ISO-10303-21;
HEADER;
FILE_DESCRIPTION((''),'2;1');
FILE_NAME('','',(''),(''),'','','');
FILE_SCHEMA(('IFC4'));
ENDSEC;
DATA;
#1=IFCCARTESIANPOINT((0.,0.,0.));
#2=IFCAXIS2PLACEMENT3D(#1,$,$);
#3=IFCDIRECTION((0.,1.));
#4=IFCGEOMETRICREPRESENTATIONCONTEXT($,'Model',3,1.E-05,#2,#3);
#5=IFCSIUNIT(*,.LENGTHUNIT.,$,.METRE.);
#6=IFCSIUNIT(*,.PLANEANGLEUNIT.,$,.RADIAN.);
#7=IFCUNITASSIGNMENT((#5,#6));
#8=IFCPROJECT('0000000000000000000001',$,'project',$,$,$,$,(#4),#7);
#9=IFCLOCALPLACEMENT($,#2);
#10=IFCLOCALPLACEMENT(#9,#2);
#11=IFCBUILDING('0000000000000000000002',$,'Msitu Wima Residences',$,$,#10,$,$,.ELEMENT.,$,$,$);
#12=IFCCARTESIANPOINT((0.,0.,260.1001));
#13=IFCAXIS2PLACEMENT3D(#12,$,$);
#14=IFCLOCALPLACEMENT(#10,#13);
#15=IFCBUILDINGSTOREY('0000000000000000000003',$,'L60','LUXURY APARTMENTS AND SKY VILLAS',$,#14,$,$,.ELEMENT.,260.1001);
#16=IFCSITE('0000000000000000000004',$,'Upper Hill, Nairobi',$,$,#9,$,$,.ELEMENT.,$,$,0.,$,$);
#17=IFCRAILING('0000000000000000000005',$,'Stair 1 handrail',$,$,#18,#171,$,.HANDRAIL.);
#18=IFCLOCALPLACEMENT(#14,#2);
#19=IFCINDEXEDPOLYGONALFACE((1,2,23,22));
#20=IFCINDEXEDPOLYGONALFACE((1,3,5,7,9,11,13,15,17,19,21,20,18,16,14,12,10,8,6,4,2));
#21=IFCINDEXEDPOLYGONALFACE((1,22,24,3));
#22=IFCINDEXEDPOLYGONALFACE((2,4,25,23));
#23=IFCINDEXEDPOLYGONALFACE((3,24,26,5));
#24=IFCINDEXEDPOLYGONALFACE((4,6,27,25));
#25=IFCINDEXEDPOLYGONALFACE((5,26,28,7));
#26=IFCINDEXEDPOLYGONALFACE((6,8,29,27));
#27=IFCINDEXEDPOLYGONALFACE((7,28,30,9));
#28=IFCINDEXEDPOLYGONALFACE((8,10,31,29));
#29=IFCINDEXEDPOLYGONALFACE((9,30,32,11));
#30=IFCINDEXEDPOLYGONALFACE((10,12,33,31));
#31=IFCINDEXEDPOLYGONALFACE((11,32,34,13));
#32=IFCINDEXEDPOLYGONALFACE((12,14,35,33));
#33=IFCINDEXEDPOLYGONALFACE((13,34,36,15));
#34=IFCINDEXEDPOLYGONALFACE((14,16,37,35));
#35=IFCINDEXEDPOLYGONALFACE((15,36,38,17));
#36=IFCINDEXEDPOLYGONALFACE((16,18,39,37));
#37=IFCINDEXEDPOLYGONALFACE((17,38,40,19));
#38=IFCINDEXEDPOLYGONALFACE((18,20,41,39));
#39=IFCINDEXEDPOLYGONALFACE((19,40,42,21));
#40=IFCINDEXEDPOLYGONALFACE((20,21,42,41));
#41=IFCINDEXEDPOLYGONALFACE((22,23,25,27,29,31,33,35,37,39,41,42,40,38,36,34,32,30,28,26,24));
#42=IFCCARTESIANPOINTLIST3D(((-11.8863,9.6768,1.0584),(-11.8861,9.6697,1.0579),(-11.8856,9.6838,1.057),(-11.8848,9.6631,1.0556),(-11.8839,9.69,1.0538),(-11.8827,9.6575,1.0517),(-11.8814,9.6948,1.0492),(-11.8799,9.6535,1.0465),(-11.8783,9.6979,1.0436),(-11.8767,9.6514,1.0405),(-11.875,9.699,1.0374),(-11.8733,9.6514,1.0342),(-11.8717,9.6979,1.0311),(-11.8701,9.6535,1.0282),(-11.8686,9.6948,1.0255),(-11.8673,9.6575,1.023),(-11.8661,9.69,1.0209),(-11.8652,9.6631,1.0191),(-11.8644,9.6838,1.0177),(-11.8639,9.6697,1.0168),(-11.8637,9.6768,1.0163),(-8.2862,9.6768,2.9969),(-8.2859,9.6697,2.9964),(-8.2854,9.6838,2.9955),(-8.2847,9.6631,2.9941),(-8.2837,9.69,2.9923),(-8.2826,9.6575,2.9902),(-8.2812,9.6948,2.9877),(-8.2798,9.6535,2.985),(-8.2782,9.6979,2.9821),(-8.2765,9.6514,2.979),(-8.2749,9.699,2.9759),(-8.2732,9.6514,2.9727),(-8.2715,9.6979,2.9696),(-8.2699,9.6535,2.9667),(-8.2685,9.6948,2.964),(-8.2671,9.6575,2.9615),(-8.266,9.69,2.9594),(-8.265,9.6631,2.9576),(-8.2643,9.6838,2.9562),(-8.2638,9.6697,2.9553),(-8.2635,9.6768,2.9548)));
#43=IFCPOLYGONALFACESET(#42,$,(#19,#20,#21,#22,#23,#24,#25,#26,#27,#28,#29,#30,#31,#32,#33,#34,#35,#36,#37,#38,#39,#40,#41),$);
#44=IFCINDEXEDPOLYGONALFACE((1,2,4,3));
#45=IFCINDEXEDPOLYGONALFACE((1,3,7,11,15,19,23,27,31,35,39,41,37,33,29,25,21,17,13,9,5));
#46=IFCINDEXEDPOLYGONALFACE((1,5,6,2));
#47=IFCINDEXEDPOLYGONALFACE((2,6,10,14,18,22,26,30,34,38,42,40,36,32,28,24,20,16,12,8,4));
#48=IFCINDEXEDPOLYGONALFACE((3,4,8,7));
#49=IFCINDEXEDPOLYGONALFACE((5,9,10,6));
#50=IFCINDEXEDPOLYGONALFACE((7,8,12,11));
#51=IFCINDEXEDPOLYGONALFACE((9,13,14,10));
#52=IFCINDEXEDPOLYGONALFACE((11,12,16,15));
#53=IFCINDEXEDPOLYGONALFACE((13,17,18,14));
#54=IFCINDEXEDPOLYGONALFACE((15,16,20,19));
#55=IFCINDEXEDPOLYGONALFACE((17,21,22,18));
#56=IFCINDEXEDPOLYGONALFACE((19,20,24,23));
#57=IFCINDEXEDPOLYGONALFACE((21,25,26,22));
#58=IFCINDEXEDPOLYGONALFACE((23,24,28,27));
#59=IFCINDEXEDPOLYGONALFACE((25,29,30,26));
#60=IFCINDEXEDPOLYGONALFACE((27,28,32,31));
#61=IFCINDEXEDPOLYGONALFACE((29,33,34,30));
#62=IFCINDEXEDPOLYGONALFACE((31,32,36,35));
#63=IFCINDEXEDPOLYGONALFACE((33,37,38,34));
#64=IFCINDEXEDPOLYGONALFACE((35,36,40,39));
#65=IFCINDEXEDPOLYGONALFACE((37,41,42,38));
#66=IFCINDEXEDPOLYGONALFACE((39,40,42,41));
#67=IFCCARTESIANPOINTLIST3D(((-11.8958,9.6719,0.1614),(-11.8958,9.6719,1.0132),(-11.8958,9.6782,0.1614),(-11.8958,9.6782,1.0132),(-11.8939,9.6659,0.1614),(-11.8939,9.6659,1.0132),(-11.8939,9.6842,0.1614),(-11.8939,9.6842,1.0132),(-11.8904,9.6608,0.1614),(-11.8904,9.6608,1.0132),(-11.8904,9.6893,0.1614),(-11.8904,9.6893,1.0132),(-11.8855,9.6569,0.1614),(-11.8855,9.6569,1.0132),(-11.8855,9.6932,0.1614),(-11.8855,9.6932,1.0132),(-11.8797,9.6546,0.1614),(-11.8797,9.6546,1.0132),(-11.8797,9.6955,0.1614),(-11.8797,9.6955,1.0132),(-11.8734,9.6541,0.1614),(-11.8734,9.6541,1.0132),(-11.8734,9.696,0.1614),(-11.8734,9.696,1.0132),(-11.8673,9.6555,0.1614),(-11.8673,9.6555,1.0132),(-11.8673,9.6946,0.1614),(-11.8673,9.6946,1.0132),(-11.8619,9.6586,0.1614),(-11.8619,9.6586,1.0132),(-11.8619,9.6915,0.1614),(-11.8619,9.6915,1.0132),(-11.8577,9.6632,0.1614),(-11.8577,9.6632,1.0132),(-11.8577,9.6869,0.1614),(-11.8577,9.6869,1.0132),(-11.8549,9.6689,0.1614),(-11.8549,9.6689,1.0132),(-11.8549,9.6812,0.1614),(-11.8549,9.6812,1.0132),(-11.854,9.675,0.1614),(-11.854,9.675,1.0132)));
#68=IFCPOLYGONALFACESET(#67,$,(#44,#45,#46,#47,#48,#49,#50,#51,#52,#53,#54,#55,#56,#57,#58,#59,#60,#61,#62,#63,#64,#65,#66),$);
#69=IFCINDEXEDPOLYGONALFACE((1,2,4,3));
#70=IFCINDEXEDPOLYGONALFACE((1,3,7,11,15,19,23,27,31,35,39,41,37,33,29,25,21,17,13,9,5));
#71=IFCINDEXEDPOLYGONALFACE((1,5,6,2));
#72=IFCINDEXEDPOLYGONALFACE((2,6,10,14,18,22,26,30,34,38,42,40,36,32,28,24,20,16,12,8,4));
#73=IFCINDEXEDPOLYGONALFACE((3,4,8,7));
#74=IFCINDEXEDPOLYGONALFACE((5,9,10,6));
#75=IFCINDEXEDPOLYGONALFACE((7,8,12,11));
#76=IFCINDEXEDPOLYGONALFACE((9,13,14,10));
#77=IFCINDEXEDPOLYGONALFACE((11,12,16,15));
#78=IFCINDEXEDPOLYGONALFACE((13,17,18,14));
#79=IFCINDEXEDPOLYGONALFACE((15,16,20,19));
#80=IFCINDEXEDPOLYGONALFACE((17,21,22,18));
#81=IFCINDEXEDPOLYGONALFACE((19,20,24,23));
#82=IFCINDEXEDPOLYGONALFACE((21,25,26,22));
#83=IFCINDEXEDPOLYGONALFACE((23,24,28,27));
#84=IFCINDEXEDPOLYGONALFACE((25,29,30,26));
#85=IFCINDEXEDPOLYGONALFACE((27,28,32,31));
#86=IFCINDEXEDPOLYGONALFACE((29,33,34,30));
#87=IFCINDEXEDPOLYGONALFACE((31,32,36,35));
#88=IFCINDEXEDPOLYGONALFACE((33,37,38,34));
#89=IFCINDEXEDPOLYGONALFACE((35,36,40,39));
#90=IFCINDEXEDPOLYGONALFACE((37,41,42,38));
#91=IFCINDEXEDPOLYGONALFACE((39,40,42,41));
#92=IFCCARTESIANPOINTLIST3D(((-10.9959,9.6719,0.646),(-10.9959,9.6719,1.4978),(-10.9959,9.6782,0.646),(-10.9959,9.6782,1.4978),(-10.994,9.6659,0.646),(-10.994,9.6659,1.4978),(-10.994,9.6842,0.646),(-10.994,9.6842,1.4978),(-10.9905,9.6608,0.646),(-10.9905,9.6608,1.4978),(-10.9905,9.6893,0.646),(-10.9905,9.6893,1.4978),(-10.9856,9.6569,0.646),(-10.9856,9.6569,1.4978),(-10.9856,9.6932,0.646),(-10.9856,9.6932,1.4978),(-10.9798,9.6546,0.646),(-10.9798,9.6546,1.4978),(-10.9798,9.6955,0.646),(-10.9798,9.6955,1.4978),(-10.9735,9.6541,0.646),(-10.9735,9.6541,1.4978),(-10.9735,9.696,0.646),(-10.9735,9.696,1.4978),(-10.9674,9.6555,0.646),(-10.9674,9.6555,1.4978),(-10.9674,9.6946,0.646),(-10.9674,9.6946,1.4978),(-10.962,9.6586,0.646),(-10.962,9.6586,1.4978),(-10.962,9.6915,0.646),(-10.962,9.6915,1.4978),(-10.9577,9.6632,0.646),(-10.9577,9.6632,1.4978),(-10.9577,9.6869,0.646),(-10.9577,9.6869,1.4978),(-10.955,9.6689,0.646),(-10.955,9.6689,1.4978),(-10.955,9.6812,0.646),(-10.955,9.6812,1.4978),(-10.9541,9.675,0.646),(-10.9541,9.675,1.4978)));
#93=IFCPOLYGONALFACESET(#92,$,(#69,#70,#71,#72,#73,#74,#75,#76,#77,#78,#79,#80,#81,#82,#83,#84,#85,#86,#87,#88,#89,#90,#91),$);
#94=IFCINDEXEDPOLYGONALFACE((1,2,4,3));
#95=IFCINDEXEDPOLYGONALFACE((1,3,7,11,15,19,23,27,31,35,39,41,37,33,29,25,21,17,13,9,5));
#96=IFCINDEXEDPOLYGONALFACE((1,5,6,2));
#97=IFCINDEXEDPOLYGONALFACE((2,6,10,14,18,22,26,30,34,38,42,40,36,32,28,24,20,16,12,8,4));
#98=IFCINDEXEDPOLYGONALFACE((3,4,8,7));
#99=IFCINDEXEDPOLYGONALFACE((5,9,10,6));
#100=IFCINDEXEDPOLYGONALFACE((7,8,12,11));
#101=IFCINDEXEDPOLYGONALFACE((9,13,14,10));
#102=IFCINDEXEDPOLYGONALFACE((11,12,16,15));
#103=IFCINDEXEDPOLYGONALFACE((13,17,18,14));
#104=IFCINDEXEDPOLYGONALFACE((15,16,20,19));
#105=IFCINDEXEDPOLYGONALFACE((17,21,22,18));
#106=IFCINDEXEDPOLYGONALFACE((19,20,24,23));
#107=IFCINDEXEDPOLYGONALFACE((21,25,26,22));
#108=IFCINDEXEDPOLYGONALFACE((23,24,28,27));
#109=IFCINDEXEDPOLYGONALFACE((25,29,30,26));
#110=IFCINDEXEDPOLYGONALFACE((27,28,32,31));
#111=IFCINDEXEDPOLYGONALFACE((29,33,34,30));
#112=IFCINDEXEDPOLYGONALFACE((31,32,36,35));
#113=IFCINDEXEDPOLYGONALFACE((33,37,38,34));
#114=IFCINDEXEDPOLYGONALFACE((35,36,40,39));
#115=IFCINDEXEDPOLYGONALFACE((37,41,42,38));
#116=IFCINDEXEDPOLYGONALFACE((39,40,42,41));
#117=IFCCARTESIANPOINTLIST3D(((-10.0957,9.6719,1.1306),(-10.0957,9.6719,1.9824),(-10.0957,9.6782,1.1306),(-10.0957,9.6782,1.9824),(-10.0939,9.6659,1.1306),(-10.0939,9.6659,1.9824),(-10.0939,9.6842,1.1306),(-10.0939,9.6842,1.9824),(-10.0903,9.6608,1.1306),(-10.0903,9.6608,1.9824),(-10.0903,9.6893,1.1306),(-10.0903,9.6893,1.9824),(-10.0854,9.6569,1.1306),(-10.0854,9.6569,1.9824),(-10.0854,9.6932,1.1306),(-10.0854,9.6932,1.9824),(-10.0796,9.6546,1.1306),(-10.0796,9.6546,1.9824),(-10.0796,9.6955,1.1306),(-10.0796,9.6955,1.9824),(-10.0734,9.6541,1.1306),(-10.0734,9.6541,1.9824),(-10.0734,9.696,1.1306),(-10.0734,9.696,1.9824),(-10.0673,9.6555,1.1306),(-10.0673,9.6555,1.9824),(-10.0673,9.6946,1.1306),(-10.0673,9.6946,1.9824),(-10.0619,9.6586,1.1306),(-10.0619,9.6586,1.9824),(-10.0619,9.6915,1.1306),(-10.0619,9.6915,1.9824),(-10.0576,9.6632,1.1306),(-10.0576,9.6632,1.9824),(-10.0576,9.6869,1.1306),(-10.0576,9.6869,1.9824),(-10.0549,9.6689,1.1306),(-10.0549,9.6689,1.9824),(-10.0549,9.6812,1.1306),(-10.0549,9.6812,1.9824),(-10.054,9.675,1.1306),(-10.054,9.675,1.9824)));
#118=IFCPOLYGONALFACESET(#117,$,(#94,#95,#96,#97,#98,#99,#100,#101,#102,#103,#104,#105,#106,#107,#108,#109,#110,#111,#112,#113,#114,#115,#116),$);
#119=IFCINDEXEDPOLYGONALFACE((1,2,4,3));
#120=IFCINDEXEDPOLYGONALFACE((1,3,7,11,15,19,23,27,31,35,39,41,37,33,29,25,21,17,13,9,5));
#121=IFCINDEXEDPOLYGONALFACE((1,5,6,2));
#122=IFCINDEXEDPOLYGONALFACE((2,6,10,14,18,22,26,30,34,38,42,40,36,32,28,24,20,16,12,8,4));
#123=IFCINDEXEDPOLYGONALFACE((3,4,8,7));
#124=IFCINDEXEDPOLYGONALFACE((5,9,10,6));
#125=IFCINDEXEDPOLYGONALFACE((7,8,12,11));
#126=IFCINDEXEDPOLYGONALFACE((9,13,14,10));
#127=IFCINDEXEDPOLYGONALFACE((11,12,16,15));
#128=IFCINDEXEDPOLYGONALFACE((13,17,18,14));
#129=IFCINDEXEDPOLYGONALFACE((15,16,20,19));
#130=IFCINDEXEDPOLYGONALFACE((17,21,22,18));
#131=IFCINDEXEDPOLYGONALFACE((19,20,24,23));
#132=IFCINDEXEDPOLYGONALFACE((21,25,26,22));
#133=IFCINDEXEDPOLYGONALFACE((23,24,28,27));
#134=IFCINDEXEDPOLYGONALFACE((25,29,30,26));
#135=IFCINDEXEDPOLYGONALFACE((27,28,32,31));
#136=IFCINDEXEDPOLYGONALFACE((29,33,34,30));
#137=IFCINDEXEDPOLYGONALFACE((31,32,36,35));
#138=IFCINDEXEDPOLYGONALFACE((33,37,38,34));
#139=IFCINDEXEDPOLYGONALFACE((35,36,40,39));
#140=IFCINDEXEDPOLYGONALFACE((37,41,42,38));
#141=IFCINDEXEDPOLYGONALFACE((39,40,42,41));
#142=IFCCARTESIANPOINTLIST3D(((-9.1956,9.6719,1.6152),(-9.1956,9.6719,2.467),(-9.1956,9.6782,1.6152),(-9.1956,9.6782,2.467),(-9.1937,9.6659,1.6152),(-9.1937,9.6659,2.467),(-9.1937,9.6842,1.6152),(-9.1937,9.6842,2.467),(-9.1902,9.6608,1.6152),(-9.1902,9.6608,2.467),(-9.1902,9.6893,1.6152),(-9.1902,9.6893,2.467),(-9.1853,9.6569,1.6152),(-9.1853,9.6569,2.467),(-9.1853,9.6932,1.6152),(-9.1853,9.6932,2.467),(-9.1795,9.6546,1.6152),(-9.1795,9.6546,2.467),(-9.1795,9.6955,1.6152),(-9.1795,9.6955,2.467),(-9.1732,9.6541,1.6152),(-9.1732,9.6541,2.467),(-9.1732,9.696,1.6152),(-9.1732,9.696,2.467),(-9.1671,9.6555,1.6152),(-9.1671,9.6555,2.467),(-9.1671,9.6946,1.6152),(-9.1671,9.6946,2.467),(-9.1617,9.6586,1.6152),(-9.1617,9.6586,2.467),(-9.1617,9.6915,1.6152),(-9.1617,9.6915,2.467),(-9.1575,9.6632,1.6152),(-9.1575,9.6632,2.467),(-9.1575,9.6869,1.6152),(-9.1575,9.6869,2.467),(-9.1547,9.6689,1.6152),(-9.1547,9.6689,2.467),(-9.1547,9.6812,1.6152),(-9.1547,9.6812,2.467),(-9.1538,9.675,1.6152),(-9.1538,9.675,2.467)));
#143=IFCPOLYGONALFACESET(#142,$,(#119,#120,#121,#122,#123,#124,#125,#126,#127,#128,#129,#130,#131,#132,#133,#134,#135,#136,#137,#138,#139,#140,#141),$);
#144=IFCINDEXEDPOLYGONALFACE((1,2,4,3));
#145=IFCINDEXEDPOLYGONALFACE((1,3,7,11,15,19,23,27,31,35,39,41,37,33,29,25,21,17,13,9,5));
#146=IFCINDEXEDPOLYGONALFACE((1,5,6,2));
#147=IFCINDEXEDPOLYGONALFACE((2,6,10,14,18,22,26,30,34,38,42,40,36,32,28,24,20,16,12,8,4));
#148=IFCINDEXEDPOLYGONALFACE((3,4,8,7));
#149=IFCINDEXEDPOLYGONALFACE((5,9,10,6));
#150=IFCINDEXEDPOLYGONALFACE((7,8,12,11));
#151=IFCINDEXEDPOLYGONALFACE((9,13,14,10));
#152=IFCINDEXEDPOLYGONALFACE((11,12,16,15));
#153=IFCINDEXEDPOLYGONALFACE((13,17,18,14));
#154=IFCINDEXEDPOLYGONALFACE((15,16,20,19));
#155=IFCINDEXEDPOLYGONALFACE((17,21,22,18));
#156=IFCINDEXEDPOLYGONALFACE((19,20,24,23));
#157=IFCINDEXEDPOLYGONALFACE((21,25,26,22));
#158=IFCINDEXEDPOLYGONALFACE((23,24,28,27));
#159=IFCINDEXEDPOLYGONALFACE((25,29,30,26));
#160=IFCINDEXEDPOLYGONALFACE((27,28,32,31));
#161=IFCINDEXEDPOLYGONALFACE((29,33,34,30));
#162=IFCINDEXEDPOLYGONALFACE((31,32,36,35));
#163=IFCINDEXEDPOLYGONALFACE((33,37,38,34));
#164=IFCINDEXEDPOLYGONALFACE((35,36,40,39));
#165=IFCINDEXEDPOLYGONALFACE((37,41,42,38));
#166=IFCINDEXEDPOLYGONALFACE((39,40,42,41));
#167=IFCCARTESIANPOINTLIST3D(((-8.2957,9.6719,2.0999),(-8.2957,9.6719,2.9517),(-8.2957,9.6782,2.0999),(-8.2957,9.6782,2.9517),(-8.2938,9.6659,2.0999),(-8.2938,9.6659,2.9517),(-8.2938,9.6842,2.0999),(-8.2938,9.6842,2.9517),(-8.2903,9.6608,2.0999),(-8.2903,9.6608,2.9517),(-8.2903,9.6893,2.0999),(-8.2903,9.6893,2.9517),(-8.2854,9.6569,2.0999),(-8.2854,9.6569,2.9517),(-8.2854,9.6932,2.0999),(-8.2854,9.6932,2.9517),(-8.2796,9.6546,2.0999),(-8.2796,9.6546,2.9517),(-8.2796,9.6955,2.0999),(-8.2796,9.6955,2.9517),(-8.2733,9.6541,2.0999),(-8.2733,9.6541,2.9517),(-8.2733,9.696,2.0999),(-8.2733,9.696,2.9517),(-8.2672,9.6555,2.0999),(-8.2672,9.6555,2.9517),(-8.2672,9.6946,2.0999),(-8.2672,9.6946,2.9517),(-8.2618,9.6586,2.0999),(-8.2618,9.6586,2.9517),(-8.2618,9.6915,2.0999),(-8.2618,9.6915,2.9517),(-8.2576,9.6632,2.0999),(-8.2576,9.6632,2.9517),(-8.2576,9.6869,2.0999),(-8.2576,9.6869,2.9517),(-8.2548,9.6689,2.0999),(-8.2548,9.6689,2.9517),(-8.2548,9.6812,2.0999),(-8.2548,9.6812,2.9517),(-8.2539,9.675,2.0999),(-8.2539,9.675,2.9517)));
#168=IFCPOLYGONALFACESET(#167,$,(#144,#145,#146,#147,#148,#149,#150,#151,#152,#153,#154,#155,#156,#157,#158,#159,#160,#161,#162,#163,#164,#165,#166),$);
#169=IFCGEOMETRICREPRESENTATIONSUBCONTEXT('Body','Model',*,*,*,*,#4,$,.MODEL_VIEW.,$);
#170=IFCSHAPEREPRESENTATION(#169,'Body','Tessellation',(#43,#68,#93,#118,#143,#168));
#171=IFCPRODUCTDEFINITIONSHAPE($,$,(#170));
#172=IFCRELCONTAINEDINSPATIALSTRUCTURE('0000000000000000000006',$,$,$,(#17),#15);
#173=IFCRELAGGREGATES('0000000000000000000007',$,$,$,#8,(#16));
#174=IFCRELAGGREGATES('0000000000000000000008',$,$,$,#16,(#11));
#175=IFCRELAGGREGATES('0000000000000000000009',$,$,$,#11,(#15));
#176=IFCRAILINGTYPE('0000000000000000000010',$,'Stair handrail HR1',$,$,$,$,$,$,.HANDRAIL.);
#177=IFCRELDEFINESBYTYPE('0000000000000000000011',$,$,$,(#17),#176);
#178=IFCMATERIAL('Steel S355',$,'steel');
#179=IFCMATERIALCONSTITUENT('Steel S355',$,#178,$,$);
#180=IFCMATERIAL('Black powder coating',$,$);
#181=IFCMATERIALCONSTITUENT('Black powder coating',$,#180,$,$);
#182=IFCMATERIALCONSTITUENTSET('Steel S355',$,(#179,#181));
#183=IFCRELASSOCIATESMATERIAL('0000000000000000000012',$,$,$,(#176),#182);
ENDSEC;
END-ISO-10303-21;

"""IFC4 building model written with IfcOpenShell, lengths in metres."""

from ifc_helpers import new_model, si_unit, direction, frame, origin, origin_2d, place, context, subcontext, project, spatial, circle, extrude, material, constituent, constituent_set, type_object, element, save


model = new_model("IFC4")

# Units and contexts
model_context = context("Model", 3, precision=1e-05, world=origin(), true_north=direction((0.0, 1.0)))
body_context = subcontext(model_context, "Body", "Model", "MODEL_VIEW")
ifc_project = project(units=[si_unit("LENGTHUNIT", "METRE"), si_unit("PLANEANGLEUNIT", "RADIAN")], contexts=[model_context])

# Site, building, storey
site_placement = place(None, origin())
site = spatial("IfcSite", under=ifc_project, at=site_placement, Name="Upper Hill, Nairobi", CompositionType="ELEMENT", RefElevation=0.0)
building_placement = place(site_placement, origin())
building = spatial("IfcBuilding", under=site, at=building_placement, Name="Msitu Wima Residences", CompositionType="ELEMENT")
storey_placement = place(building_placement, frame((0.0, 0.0, 260.1001)))
storey = spatial("IfcBuildingStorey", under=building, at=storey_placement, Name="L60", Description="LUXURY APARTMENTS AND SKY VILLAS", CompositionType="ELEMENT", Elevation=260.1001)

# Railing
ifc_material_1 = material(Name="Steel S355", Category="steel")
ifc_constituent_1 = constituent(ifc_material_1, Name="Steel S355")
ifc_material_2 = material(Name="Black powder coating")
ifc_constituent_2 = constituent(ifc_material_2, Name="Black powder coating")
ifc_constituent_set = constituent_set(constituents=[ifc_constituent_1, ifc_constituent_2], Name="Steel S355")
railing_type = type_object("IfcRailingType", Name="Stair handrail HR1", PredefinedType="HANDRAIL", material=ifc_constituent_set)
for number, where, name in (
    (1, (-11.875, 9.675, 0.1614), "Stair 1 handrail"),
):
    element("IfcRailing", number, at=place(storey_placement, frame(where)), inside=storey, type_object=railing_type, Name=name, PredefinedType="HANDRAIL", context=body_context, shape_type="SweptSolid", body=[
        extrude(circle(Radius=0.0239, at=origin_2d()), frame((0.0, 0.0, 0.876), z_axis=(0.880475, 0.0, 0.474093), x_axis=(0.0, 1.0, 0.0)), (0.0, 0.0, 1.0), 4.0889),
        extrude(circle(Radius=0.021, at=origin_2d()), origin(), (0.0, 0.0, 1.0), 0.8518),
        extrude(circle(Radius=0.021, at=origin_2d()), frame((0.8999, 0.0, 0.4846)), (0.0, 0.0, 1.0), 0.8518),
        extrude(circle(Radius=0.021, at=origin_2d()), frame((1.8, 0.0, 0.9692)), (0.0, 0.0, 1.0), 0.8518),
        extrude(circle(Radius=0.021, at=origin_2d()), frame((2.7002, 0.0, 1.4539)), (0.0, 0.0, 1.0), 0.8518),
        extrude(circle(Radius=0.021, at=origin_2d()), frame((3.6001, 0.0, 1.9385)), (0.0, 0.0, 1.0), 0.8518),
    ])

save(model, "model.ifc")
